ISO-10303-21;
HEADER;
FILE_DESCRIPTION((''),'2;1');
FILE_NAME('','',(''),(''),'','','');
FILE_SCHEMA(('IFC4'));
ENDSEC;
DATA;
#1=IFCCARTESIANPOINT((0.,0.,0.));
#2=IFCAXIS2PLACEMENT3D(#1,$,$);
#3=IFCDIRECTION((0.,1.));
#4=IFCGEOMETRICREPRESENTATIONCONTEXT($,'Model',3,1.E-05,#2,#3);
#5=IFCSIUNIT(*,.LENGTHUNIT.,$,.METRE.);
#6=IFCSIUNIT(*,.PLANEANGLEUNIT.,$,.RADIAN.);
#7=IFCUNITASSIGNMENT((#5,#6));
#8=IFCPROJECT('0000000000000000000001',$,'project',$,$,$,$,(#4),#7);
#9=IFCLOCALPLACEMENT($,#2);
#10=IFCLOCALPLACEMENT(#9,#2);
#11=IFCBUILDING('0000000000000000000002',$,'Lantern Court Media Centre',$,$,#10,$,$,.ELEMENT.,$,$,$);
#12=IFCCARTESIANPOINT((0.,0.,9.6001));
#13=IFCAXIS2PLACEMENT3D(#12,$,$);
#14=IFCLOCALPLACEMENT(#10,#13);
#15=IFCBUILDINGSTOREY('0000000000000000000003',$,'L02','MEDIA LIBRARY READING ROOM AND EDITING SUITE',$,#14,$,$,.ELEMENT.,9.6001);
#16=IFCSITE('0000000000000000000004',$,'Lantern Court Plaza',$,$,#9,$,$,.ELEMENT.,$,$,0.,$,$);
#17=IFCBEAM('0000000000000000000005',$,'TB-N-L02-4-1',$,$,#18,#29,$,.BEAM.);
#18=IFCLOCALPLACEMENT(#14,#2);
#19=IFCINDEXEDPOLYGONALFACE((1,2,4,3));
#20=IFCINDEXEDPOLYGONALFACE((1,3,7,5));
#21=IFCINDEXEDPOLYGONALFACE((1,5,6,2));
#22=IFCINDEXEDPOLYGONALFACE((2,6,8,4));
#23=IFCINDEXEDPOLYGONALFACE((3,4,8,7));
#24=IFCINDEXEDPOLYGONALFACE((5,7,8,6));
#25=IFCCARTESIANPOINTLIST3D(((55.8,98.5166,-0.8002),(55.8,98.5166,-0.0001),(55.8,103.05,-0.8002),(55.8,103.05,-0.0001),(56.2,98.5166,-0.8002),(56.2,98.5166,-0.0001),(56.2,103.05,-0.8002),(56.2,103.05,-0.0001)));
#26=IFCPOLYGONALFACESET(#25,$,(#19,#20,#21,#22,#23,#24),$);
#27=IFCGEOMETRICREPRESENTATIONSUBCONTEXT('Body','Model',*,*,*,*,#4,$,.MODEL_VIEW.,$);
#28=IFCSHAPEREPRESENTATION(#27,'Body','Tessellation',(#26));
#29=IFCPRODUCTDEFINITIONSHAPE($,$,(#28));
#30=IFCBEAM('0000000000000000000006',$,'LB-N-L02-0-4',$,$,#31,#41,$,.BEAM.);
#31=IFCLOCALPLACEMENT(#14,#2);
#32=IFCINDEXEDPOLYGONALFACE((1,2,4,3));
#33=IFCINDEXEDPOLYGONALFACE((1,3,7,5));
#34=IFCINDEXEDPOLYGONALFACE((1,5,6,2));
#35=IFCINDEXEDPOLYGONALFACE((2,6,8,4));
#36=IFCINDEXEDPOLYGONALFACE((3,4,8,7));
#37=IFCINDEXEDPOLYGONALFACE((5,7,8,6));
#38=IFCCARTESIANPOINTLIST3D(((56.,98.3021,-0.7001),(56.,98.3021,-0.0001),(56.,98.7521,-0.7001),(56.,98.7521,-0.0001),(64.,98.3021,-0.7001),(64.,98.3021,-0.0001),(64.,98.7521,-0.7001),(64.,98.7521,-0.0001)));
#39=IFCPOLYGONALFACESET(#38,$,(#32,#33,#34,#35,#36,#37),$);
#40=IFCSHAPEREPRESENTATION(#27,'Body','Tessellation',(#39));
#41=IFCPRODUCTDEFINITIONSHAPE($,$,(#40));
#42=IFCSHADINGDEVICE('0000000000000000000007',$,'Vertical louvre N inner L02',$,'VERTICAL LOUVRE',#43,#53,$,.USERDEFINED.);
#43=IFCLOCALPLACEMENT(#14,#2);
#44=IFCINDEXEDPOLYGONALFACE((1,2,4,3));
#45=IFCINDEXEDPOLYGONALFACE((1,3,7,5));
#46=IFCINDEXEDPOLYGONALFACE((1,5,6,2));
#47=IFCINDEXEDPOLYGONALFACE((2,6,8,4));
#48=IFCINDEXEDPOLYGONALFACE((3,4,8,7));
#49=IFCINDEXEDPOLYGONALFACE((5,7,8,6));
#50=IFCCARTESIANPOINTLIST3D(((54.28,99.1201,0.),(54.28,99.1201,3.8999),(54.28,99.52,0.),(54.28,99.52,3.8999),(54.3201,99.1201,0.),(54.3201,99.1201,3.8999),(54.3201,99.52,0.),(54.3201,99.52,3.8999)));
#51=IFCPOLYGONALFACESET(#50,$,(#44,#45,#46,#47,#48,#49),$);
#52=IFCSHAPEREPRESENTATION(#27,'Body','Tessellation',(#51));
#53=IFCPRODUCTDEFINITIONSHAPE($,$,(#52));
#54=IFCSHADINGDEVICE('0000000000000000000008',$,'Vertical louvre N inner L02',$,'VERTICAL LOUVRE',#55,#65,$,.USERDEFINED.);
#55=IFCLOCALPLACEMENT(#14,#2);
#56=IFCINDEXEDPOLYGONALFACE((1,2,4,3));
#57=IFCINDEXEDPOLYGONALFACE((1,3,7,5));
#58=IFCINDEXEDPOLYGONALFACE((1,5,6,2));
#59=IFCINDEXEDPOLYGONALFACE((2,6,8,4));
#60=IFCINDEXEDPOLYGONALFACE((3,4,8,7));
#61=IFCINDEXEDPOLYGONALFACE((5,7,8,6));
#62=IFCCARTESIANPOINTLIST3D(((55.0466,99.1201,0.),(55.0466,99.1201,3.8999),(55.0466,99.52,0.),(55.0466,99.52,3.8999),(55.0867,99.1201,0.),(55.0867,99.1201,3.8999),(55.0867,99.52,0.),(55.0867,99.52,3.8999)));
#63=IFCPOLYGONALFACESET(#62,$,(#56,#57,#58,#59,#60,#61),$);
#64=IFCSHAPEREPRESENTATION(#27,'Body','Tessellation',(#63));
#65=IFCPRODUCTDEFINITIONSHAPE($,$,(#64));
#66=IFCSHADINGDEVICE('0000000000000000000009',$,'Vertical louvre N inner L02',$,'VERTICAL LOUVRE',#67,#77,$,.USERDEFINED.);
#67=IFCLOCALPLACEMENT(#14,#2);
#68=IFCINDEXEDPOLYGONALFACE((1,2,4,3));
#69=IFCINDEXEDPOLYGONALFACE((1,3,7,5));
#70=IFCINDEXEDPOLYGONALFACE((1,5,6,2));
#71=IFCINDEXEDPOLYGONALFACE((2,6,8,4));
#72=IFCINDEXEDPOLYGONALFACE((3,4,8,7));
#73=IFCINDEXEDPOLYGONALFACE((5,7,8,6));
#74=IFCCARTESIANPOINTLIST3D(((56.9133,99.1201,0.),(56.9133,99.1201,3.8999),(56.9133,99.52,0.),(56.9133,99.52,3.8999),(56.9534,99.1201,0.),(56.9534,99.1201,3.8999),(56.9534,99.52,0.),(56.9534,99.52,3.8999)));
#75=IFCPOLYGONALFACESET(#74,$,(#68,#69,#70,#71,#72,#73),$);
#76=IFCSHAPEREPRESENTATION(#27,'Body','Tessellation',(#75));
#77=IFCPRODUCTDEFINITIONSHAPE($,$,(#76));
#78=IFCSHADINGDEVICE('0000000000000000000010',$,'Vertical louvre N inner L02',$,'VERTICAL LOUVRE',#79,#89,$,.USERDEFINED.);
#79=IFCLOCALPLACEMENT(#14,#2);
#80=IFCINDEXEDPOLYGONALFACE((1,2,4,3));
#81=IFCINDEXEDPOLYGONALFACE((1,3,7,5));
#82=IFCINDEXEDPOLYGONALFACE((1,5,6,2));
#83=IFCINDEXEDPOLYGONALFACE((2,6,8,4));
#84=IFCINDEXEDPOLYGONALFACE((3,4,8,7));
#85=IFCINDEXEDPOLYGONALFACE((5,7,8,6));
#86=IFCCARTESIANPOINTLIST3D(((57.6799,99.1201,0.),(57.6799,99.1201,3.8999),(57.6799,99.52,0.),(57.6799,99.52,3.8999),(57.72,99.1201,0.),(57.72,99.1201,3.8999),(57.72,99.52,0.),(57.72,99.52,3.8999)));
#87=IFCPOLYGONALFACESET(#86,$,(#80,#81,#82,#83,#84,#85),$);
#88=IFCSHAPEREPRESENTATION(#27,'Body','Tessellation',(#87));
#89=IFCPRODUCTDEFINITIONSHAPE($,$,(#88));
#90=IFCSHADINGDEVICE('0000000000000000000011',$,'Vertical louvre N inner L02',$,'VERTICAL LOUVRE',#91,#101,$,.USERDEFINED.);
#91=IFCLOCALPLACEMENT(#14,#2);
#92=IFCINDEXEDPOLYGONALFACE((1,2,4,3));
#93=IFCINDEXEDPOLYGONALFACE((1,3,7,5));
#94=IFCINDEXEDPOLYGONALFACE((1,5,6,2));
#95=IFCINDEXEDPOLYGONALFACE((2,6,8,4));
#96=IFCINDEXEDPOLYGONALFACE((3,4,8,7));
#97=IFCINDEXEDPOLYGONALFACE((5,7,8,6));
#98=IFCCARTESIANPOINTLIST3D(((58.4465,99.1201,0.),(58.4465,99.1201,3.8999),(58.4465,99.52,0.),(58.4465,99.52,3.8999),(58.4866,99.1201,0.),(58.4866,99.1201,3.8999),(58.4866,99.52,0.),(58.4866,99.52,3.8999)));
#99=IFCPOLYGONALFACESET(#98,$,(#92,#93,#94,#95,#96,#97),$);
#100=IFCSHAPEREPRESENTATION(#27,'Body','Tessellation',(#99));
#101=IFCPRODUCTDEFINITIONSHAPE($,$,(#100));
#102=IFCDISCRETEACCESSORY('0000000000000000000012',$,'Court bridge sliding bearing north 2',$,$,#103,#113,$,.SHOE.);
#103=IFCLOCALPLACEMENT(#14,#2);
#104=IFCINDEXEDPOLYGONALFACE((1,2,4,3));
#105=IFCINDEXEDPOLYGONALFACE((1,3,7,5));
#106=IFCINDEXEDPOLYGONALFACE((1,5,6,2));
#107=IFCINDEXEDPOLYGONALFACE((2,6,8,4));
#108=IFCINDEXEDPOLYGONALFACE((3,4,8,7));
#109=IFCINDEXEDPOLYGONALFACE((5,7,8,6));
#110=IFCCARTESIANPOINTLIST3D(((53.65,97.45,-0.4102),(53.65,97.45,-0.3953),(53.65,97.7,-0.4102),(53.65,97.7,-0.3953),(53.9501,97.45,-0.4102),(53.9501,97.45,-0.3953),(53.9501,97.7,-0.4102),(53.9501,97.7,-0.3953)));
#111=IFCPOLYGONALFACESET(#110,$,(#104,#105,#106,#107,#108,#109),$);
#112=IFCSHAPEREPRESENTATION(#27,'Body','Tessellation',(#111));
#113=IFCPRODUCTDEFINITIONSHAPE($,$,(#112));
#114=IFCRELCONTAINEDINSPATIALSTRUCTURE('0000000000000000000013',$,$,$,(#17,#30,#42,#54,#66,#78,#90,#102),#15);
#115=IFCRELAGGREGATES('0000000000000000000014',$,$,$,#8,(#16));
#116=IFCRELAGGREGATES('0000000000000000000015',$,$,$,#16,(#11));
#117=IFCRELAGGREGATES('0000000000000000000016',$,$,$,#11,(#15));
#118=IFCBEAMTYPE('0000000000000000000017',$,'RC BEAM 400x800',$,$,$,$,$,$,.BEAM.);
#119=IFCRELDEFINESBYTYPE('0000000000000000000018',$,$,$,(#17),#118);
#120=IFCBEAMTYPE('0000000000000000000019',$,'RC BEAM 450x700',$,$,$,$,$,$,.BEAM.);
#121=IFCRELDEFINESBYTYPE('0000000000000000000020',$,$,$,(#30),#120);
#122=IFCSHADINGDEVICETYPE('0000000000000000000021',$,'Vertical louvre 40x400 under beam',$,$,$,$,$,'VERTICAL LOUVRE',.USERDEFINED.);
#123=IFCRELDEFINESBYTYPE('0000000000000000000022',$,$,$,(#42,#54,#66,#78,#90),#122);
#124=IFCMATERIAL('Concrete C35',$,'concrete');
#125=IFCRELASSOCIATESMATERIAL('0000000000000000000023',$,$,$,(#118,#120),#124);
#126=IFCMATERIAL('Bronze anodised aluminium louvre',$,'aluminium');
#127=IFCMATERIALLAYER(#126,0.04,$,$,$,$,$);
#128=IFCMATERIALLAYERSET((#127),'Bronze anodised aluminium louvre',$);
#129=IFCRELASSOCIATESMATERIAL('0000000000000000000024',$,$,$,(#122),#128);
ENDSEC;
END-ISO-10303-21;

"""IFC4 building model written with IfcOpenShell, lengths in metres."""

from ifc_helpers import new_model, si_unit, direction, frame, origin, origin_2d, place, context, subcontext, project, spatial, rectangle, extrude, material, layer, layer_set, material_profile, profile_set, type_object, element, save


model = new_model("IFC4")

# Units and contexts
model_context = context("Model", 3, precision=1e-05, world=origin(), true_north=direction((0.0, 1.0)))
body_context = subcontext(model_context, "Body", "Model", "MODEL_VIEW")
ifc_project = project(units=[si_unit("LENGTHUNIT", "METRE"), si_unit("PLANEANGLEUNIT", "RADIAN")], contexts=[model_context])

# Site, building, storey
site_placement = place(None, origin())
site = spatial("IfcSite", under=ifc_project, at=site_placement, Name="Lantern Court Plaza", CompositionType="ELEMENT", RefElevation=0.0)
building_placement = place(site_placement, origin())
building = spatial("IfcBuilding", under=site, at=building_placement, Name="Lantern Court Media Centre", CompositionType="ELEMENT")
storey_placement = place(building_placement, frame((0.0, 0.0, 9.6001)))
storey = spatial("IfcBuildingStorey", under=building, at=storey_placement, Name="L02", Description="MEDIA LIBRARY READING ROOM AND EDITING SUITE", CompositionType="ELEMENT", Elevation=9.6001)

# Shared definitions
ifc_material_1 = material(Name="Concrete C35", Category="concrete")

# Beams
ifc_material_profile_1 = material_profile(ifc_material_1, rectangle(XDim=0.3999, YDim=0.8, at=origin_2d()), Name="RC 400x800")
ifc_profile_set_1 = profile_set([ifc_material_profile_1], Name="Concrete C35")
beam_type_1 = type_object("IfcBeamType", Name="RC BEAM 400x800", PredefinedType="BEAM", material=ifc_profile_set_1)
beam_1_placement = place(storey_placement, frame((56.0, 98.5166, -0.4001), z_axis=(0.0, 1.0, 0.0), x_axis=(-1.0, 0.0, 0.0)))
element("IfcBeam", 1, at=beam_1_placement, inside=storey, type_object=beam_type_1, Name="TB-N-L02-4-1", PredefinedType="BEAM", context=body_context, shape_type="SweptSolid", body=[
    extrude(rectangle(XDim=0.3999, YDim=0.8, at=origin_2d()), origin(), (0.0, 0.0, 1.0), 4.5334),
])
ifc_material_profile_2 = material_profile(ifc_material_1, rectangle(XDim=0.45, YDim=0.7, at=origin_2d()), Name="RC 450x700")
ifc_profile_set_2 = profile_set([ifc_material_profile_2], Name="Concrete C35")
beam_type_2 = type_object("IfcBeamType", Name="RC BEAM 450x700", PredefinedType="BEAM", material=ifc_profile_set_2)
beam_2_placement = place(storey_placement, frame((56.0, 98.5271, -0.3501), z_axis=(1.0, 0.0, 0.0), x_axis=(0.0, 1.0, 0.0)))
element("IfcBeam", 2, at=beam_2_placement, inside=storey, type_object=beam_type_2, Name="LB-N-L02-0-4", PredefinedType="BEAM", context=body_context, shape_type="SweptSolid", body=[
    extrude(rectangle(XDim=0.45, YDim=0.7, at=origin_2d()), origin(), (0.0, 0.0, 1.0), 8.0),
])

# Shading devices
ifc_material_2 = material(Name="Bronze anodised aluminium louvre", Category="aluminium")
ifc_layer = layer(ifc_material_2, 0.04)
ifc_layer_set = layer_set([ifc_layer], Name="Bronze anodised aluminium louvre")
shading_device_type = type_object("IfcShadingDeviceType", Name="Vertical louvre 40x400 under beam", ElementType="VERTICAL LOUVRE", PredefinedType="USERDEFINED", material=ifc_layer_set)
for number, where, z_axis, x_axis, name in (
    (3, (54.3, 99.3201, 0.0), (0.0, 0.0, 1.0), (1.0, 0.0, 0.0), "Vertical louvre N inner L02"),
    (4, (55.0667, 99.3201, 0.0), (0.0, 0.0, 1.0), (1.0, 0.0, 0.0), "Vertical louvre N inner L02"),
    (5, (56.9333, 99.3201, 0.0), (0.0, 0.0, 1.0), (1.0, 0.0, 0.0), "Vertical louvre N inner L02"),
    (6, (57.7, 99.3201, 0.0), (0.0, 0.0, 1.0), (1.0, 0.0, 0.0), "Vertical louvre N inner L02"),
    (7, (58.4666, 99.3201, 0.0), (0.0, 0.0, 1.0), (1.0, 0.0, 0.0), "Vertical louvre N inner L02"),
):
    element("IfcShadingDevice", number, at=place(storey_placement, frame(where, z_axis=z_axis, x_axis=x_axis)), inside=storey, type_object=shading_device_type, Name=name, ObjectType="VERTICAL LOUVRE", PredefinedType="USERDEFINED", context=body_context, shape_type="SweptSolid", body=[
        extrude(rectangle(XDim=0.04, YDim=0.3999, at=origin_2d()), origin(), (0.0, 0.0, 1.0), 3.8999),
    ])

# Discrete accessory
discrete_accessory_placement = place(storey_placement, frame((53.8, 97.575, -0.4102), z_axis=(0.0, 0.0, 1.0), x_axis=(1.0, 0.0, 0.0)))
element("IfcDiscreteAccessory", 8, at=discrete_accessory_placement, inside=storey, Name="Court bridge sliding bearing north 2", PredefinedType="SHOE", context=body_context, shape_type="SweptSolid", body=[
    extrude(rectangle(XDim=0.3, YDim=0.25, at=origin_2d()), origin(), (0.0, 0.0, 1.0), 0.0149),
])

save(model, "model.ifc")
